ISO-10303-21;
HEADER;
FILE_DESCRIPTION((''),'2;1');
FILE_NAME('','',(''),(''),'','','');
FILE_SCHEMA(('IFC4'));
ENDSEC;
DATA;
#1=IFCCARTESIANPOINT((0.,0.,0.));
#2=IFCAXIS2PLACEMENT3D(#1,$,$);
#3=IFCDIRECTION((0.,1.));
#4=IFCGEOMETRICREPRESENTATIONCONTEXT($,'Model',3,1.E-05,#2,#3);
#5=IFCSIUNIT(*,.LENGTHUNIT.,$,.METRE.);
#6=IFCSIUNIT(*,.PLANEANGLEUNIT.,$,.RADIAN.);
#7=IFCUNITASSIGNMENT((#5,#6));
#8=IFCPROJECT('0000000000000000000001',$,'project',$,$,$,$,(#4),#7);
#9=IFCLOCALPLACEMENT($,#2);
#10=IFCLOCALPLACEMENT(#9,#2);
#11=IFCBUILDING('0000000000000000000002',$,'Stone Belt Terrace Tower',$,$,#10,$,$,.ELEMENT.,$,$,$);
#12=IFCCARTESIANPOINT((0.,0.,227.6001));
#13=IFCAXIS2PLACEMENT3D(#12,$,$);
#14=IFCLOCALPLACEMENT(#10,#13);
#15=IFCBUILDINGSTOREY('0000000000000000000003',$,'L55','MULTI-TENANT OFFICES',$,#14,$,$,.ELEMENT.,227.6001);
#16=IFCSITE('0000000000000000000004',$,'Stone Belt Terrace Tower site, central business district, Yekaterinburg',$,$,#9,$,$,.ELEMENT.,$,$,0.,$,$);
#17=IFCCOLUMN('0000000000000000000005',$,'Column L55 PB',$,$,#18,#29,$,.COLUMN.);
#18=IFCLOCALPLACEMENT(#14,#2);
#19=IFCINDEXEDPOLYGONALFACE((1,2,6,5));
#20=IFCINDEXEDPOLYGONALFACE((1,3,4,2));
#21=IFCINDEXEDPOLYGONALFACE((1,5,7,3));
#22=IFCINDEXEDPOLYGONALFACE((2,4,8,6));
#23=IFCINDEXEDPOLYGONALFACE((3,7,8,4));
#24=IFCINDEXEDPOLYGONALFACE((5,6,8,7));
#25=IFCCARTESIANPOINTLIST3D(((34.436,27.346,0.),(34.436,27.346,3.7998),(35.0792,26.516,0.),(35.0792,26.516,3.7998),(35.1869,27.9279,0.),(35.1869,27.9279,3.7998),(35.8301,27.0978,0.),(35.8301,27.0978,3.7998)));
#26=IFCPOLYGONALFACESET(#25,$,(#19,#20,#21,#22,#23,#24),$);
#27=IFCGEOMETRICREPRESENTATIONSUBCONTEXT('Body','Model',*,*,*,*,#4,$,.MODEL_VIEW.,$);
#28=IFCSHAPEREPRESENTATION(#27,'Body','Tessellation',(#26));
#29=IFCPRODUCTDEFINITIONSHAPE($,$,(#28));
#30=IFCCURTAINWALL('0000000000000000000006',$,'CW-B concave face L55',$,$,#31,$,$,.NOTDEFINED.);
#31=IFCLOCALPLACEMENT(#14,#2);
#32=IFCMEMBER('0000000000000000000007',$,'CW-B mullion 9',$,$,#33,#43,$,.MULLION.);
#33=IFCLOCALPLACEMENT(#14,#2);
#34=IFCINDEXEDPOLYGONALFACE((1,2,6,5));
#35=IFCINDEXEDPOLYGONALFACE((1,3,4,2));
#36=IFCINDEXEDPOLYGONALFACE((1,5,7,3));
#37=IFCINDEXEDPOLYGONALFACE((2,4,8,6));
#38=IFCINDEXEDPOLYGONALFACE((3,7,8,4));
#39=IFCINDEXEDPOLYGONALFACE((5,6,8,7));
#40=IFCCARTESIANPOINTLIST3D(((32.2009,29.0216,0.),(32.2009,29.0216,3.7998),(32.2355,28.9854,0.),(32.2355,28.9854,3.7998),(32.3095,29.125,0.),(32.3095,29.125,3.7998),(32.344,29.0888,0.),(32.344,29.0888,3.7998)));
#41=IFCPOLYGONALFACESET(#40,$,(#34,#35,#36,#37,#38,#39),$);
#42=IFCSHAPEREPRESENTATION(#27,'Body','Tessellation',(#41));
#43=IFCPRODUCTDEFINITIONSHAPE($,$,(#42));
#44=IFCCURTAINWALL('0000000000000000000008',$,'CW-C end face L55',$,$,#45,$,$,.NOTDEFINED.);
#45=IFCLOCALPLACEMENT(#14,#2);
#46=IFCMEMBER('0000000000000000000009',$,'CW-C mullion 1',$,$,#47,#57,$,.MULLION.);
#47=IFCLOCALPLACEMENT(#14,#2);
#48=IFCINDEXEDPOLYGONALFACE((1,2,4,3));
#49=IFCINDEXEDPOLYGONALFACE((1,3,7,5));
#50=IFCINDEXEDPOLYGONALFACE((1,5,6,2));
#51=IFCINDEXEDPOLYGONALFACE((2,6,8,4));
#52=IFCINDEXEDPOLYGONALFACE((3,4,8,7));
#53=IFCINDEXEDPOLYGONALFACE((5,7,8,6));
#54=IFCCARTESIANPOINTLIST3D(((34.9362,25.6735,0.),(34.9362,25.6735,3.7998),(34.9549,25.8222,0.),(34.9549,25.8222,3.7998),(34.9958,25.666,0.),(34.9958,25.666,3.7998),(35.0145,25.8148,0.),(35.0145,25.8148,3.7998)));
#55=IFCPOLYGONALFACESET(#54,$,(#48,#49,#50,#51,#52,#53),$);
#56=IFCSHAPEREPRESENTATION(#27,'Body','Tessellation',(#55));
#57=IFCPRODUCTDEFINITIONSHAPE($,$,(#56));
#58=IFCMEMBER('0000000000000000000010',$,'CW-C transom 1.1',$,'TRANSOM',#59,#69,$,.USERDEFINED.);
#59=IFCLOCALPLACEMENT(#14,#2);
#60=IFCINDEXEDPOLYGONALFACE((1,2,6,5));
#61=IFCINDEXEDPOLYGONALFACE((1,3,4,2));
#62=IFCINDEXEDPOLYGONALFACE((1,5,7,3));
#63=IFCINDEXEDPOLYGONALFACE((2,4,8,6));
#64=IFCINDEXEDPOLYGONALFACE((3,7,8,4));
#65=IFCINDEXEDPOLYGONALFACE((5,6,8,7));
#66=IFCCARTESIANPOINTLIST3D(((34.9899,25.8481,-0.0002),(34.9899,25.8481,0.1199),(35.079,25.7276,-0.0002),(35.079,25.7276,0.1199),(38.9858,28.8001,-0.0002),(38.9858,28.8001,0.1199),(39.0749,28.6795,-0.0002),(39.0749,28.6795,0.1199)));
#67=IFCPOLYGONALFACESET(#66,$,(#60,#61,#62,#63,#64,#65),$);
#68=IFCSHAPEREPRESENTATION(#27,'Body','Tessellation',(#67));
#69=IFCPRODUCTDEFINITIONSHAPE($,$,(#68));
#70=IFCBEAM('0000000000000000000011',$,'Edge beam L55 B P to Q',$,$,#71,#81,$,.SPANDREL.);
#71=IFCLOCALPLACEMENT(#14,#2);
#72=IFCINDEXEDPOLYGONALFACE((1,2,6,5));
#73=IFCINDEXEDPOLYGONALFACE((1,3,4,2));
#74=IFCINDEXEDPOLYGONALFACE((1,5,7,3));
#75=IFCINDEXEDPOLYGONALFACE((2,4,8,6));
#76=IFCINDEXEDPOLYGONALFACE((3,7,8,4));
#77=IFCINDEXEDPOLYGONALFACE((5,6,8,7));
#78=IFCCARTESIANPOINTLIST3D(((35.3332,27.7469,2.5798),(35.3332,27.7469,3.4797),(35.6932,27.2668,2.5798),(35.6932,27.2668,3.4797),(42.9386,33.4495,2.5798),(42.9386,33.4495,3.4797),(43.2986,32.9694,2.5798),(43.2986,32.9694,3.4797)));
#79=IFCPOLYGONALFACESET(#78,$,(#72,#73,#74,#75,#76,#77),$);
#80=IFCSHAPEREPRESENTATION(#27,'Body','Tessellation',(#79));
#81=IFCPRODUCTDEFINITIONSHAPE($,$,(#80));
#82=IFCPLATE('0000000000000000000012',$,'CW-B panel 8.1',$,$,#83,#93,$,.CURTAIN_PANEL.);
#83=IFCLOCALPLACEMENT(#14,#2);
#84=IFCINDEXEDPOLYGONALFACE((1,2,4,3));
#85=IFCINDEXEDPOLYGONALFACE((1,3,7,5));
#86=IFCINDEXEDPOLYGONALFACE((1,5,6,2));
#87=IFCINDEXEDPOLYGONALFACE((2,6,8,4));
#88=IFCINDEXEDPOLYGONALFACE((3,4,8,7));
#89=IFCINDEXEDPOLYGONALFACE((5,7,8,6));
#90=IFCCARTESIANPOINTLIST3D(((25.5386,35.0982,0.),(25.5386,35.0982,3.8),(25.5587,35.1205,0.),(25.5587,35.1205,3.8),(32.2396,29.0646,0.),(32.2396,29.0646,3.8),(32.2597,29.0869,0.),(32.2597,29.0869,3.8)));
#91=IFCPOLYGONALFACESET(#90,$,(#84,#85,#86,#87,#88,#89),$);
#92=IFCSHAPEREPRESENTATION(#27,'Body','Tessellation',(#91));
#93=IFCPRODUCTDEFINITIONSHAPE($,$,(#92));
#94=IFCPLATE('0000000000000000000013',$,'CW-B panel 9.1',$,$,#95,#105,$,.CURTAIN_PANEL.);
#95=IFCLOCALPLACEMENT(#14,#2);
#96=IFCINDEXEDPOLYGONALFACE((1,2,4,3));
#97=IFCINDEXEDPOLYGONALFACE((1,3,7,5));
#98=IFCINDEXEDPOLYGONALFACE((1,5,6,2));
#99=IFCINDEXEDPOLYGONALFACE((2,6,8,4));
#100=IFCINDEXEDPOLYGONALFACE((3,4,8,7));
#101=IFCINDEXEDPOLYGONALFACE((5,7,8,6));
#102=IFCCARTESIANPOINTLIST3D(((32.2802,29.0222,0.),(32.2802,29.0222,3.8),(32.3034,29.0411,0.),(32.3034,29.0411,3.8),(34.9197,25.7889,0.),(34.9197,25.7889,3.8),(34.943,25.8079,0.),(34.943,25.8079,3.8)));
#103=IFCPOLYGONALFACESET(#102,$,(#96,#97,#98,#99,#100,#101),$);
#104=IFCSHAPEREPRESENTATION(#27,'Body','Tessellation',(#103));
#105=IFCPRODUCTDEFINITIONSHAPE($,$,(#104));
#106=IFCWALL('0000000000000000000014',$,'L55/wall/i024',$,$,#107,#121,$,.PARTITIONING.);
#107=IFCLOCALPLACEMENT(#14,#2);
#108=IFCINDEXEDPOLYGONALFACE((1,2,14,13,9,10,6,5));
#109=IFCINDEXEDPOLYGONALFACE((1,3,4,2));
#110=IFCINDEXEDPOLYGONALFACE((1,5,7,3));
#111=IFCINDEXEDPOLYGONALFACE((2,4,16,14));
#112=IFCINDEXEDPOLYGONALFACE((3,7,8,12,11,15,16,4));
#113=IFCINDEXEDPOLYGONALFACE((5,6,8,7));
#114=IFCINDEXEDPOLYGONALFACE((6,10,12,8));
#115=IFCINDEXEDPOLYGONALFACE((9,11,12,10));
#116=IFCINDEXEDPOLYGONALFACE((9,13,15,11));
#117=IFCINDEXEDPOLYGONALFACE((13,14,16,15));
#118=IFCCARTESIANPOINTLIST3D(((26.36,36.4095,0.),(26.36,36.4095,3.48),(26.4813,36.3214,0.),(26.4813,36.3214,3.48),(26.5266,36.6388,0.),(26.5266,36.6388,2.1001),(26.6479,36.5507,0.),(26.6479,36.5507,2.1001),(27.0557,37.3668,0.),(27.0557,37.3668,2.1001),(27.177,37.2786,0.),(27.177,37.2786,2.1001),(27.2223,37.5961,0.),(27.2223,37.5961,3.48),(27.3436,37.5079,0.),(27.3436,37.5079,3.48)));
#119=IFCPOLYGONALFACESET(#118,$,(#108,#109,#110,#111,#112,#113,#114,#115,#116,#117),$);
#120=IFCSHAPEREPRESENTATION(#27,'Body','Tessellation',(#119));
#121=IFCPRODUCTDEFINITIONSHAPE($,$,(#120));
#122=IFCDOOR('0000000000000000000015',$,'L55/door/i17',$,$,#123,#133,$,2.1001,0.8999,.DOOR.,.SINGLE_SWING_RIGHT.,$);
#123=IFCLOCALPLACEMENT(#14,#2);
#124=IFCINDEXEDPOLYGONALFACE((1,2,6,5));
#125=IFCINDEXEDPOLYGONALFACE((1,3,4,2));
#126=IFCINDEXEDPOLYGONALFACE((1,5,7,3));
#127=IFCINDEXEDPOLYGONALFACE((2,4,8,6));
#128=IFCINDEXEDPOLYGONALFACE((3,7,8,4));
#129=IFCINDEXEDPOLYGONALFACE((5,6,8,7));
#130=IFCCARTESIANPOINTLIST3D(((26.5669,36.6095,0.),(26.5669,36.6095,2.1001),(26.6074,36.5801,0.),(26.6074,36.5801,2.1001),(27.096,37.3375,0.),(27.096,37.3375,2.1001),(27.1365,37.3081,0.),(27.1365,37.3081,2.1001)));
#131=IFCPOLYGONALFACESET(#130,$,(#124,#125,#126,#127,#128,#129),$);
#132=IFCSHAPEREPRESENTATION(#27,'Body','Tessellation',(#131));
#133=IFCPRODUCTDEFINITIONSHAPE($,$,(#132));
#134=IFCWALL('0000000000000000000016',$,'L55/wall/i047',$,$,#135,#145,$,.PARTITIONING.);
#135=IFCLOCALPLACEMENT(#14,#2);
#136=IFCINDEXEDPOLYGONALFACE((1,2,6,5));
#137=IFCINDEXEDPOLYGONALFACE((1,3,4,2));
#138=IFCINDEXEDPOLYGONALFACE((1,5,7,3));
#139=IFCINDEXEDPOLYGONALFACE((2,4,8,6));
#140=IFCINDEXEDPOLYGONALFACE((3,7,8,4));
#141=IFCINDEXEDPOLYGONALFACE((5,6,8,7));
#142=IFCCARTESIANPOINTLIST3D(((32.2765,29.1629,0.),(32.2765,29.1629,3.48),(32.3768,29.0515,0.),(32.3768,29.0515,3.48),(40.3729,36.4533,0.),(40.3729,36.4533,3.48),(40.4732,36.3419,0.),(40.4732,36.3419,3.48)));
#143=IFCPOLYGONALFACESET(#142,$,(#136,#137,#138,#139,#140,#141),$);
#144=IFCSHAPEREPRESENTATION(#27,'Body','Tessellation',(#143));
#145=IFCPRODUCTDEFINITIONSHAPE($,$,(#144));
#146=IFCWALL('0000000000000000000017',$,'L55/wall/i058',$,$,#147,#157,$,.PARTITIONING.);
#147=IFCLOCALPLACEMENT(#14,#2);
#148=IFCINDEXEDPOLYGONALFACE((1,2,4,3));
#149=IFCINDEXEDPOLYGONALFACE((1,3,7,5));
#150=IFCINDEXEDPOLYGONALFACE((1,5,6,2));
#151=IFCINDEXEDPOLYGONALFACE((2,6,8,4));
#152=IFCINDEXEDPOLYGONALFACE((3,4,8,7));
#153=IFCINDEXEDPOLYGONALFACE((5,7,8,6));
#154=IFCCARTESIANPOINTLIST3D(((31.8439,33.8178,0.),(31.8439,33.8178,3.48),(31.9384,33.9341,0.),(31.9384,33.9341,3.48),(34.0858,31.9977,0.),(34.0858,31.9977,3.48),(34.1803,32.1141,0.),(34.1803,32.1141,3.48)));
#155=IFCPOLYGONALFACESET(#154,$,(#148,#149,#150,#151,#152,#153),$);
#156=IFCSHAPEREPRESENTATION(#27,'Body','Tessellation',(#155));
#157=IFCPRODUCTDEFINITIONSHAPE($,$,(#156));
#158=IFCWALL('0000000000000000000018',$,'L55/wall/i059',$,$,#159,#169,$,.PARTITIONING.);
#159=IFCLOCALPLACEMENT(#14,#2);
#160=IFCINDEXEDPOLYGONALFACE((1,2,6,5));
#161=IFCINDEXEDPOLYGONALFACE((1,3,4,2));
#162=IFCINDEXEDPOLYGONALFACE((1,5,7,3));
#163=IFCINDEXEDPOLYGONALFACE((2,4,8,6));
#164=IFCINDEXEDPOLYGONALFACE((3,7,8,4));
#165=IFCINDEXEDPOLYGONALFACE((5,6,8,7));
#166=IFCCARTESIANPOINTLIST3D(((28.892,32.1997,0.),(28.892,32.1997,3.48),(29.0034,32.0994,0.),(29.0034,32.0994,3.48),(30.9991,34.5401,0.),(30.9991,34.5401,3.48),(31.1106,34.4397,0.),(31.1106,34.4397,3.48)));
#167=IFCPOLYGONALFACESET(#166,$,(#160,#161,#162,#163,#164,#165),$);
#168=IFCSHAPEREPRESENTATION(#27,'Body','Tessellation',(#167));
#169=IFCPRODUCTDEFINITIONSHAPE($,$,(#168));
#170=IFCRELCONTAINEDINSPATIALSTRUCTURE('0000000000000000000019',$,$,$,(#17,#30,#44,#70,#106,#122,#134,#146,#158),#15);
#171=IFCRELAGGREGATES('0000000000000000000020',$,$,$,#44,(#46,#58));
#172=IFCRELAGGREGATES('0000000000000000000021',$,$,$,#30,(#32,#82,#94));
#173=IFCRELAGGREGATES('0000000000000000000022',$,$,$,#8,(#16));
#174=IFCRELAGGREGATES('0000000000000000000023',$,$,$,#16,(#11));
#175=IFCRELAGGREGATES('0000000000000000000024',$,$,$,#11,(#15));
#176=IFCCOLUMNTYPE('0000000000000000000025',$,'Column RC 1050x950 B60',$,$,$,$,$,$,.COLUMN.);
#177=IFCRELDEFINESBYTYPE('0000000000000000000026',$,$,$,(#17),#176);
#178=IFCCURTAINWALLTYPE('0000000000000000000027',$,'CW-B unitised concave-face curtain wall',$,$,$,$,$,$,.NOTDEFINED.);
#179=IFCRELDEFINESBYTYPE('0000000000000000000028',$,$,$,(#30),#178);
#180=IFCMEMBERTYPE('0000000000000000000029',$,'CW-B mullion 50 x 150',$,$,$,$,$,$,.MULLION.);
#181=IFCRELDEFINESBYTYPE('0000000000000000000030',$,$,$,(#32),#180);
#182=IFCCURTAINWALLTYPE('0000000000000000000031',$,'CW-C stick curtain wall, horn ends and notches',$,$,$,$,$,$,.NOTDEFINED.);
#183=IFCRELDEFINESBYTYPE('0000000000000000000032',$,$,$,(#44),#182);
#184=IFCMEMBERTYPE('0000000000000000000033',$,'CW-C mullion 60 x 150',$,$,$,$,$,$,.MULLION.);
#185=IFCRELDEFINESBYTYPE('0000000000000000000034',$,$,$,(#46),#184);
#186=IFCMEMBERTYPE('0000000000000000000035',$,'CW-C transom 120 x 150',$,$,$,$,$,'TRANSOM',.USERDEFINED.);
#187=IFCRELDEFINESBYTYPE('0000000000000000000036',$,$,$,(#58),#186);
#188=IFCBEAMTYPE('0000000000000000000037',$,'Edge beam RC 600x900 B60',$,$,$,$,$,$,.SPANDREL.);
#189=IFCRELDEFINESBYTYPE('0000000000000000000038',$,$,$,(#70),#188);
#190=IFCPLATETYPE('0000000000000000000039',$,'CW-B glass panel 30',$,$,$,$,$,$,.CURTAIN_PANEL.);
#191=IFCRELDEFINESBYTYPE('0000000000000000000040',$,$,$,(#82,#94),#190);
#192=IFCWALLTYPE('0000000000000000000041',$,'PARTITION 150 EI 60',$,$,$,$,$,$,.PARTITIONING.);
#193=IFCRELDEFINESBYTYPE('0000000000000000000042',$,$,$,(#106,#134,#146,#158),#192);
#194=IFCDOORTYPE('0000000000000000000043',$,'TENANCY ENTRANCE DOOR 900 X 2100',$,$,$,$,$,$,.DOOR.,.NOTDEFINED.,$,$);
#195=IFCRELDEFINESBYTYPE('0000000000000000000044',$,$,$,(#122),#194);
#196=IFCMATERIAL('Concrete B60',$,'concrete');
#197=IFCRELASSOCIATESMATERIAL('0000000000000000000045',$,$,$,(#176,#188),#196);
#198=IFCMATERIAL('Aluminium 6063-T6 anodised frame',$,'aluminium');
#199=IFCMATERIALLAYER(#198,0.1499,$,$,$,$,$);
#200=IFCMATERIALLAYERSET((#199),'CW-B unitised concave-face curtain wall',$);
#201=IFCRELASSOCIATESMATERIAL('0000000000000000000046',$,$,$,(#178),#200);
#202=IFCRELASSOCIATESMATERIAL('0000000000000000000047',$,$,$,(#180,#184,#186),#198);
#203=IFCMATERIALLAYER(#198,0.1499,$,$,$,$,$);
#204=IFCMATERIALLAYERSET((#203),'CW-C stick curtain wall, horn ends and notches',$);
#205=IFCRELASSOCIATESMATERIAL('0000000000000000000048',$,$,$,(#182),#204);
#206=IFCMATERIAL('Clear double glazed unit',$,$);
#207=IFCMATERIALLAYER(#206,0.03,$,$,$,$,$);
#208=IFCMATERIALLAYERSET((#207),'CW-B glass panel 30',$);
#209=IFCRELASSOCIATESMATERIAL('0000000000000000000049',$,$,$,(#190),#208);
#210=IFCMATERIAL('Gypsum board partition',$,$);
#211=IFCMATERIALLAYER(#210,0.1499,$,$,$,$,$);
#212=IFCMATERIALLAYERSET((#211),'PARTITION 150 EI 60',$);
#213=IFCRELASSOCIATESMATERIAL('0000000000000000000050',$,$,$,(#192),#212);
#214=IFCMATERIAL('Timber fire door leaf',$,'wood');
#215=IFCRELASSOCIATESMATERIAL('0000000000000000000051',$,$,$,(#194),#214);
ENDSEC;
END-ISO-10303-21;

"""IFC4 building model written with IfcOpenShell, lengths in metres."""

from ifc_helpers import new_model, si_unit, direction, frame, frame_2d, origin, origin_2d, place, context, subcontext, project, spatial, rectangle, extrude, material, layer, layer_set, material_profile, profile_set, type_object, element, fill, aggregate, save


model = new_model("IFC4")

# Units and contexts
model_context = context("Model", 3, precision=1e-05, world=origin(), true_north=direction((0.0, 1.0)))
body_context = subcontext(model_context, "Body", "Model", "MODEL_VIEW")
ifc_project = project(units=[si_unit("LENGTHUNIT", "METRE"), si_unit("PLANEANGLEUNIT", "RADIAN")], contexts=[model_context])

# Site, building, storey
site_placement = place(None, origin())
site = spatial("IfcSite", under=ifc_project, at=site_placement, Name="Stone Belt Terrace Tower site, central business district, Yekaterinburg", CompositionType="ELEMENT", RefElevation=0.0)
building_placement = place(site_placement, origin())
building = spatial("IfcBuilding", under=site, at=building_placement, Name="Stone Belt Terrace Tower", CompositionType="ELEMENT")
storey_placement = place(building_placement, frame((0.0, 0.0, 227.6001)))
storey = spatial("IfcBuildingStorey", under=building, at=storey_placement, Name="L55", Description="MULTI-TENANT OFFICES", CompositionType="ELEMENT", Elevation=227.6001)

# Column
ifc_material_1 = material(Name="Concrete B60", Category="concrete")
ifc_material_profile_1 = material_profile(ifc_material_1, rectangle(XDim=1.05, YDim=0.95, at=origin_2d()), Name="RC 1050x950")
ifc_profile_set_1 = profile_set([ifc_material_profile_1], Name="Concrete B60")
column_type = type_object("IfcColumnType", Name="Column RC 1050x950 B60", PredefinedType="COLUMN", material=ifc_profile_set_1)
column_placement = place(storey_placement, frame((35.1331, 27.2219, 0.0), z_axis=(0.0, 0.0, 1.0), x_axis=(0.612485, -0.790482, 0.0)))
element("IfcColumn", 1, at=column_placement, inside=storey, type_object=column_type, Name="Column L55 PB", PredefinedType="COLUMN", context=body_context, shape_type="SweptSolid", body=[
    extrude(rectangle(XDim=1.05, YDim=0.95, at=origin_2d()), origin(), (0.0, 0.0, 1.0), 3.7998),
])

# Curtain wall, member
ifc_material_2 = material(Name="Aluminium 6063-T6 anodised frame", Category="aluminium")
ifc_layer_1 = layer(ifc_material_2, 0.1499)
ifc_layer_set_1 = layer_set([ifc_layer_1], Name="CW-B unitised concave-face curtain wall")
curtain_wall_type_1 = type_object("IfcCurtainWallType", Name="CW-B unitised concave-face curtain wall", PredefinedType="NOTDEFINED", material=ifc_layer_set_1)
curtain_wall_1_placement = place(storey_placement, origin())
curtain_wall_1 = element("IfcCurtainWall", 2, at=curtain_wall_1_placement, inside=storey, type_object=curtain_wall_type_1, Name="CW-B concave face L55", PredefinedType="NOTDEFINED")
ifc_material_profile_2 = material_profile(ifc_material_2, rectangle(XDim=0.1499, YDim=0.05, at=origin_2d()), Name="Aluminium 6063-T6 50x150")
ifc_profile_set_2 = profile_set([ifc_material_profile_2], Name="Aluminium 6063-T6 anodised frame")
member_type_1 = type_object("IfcMemberType", Name="CW-B mullion 50 x 150", PredefinedType="MULLION", material=ifc_profile_set_2)
member_1_placement = place(storey_placement, frame((32.2725, 29.0552, 0.0), z_axis=(0.0, 0.0, 1.0), x_axis=(0.724008, 0.689792, 0.0)))
member_1 = element("IfcMember", 3, at=member_1_placement, type_object=member_type_1, Name="CW-B mullion 9", PredefinedType="MULLION", context=body_context, shape_type="SweptSolid", body=[
    extrude(rectangle(XDim=0.1499, YDim=0.05, at=origin_2d()), origin(), (0.0, 0.0, 1.0), 3.7998),
])

# Curtain wall, members
ifc_layer_2 = layer(ifc_material_2, 0.1499)
ifc_layer_set_2 = layer_set([ifc_layer_2], Name="CW-C stick curtain wall, horn ends and notches")
curtain_wall_type_2 = type_object("IfcCurtainWallType", Name="CW-C stick curtain wall, horn ends and notches", PredefinedType="NOTDEFINED", material=ifc_layer_set_2)
curtain_wall_2_placement = place(storey_placement, origin())
curtain_wall_2 = element("IfcCurtainWall", 4, at=curtain_wall_2_placement, inside=storey, type_object=curtain_wall_type_2, Name="CW-C end face L55", PredefinedType="NOTDEFINED")
ifc_material_profile_3 = material_profile(ifc_material_2, rectangle(XDim=0.1499, YDim=0.0601, at=origin_2d()), Name="Aluminium 6063-T6 60x150")
ifc_profile_set_3 = profile_set([ifc_material_profile_3], Name="Aluminium 6063-T6 anodised frame")
member_type_2 = type_object("IfcMemberType", Name="CW-C mullion 60 x 150", PredefinedType="MULLION", material=ifc_profile_set_3)
member_2_placement = place(storey_placement, frame((34.9753, 25.7441, 0.0), z_axis=(0.0, 0.0, 1.0), x_axis=(0.124626, 0.992204, 0.0)))
member_2 = element("IfcMember", 5, at=member_2_placement, type_object=member_type_2, Name="CW-C mullion 1", PredefinedType="MULLION", context=body_context, shape_type="SweptSolid", body=[
    extrude(rectangle(XDim=0.1499, YDim=0.0601, at=origin_2d()), origin(), (0.0, 0.0, 1.0), 3.7998),
])
ifc_material_profile_4 = material_profile(ifc_material_2, rectangle(XDim=0.1499, YDim=0.1201, at=origin_2d()), Name="Aluminium 6063-T6 150x120")
ifc_profile_set_4 = profile_set([ifc_material_profile_4], Name="Aluminium 6063-T6 anodised frame")
member_type_3 = type_object("IfcMemberType", Name="CW-C transom 120 x 150", ElementType="TRANSOM", PredefinedType="USERDEFINED", material=ifc_profile_set_4)
member_3_placement = place(storey_placement, frame((35.0344, 25.7878, 0.0598), z_axis=(0.804325, 0.594189, 0.0), x_axis=(-0.594189, 0.804325, 0.0)))
member_3 = element("IfcMember", 6, at=member_3_placement, type_object=member_type_3, Name="CW-C transom 1.1", ObjectType="TRANSOM", PredefinedType="USERDEFINED", context=body_context, shape_type="SweptSolid", body=[
    extrude(rectangle(XDim=0.1499, YDim=0.1201, at=origin_2d()), origin(), (0.0, 0.0, 1.0), 4.968),
])
aggregate(curtain_wall_2, [member_2, member_3])

# Beam
ifc_material_profile_5 = material_profile(ifc_material_1, rectangle(XDim=0.6001, YDim=0.8999, at=origin_2d()), Name="RC 600x900")
ifc_profile_set_5 = profile_set([ifc_material_profile_5], Name="Concrete B60")
beam_type = type_object("IfcBeamType", Name="Edge beam RC 600x900 B60", PredefinedType="SPANDREL", material=ifc_profile_set_5)
beam_placement = place(storey_placement, frame((35.5132, 27.5068, 3.0298), z_axis=(0.800074, 0.599901, 0.0), x_axis=(-0.599901, 0.800074, 0.0)))
element("IfcBeam", 7, at=beam_placement, inside=storey, type_object=beam_type, Name="Edge beam L55 B P to Q", PredefinedType="SPANDREL", context=body_context, shape_type="SweptSolid", body=[
    extrude(rectangle(XDim=0.6001, YDim=0.8999, at=origin_2d()), origin(), (0.0, 0.0, 1.0), 9.5059),
])

# Plates
ifc_material_3 = material(Name="Clear double glazed unit")
ifc_layer_3 = layer(ifc_material_3, 0.03)
ifc_layer_set_3 = layer_set([ifc_layer_3], Name="CW-B glass panel 30")
plate_type = type_object("IfcPlateType", Name="CW-B glass panel 30", PredefinedType="CURTAIN_PANEL", material=ifc_layer_set_3)
plate_1_placement = place(storey_placement, frame((28.8992, 32.0925, 0.0), z_axis=(0.0, 0.0, 1.0), x_axis=(0.743145, -0.669131, 0.0)))
plate_1 = element("IfcPlate", 8, at=plate_1_placement, type_object=plate_type, Name="CW-B panel 8.1", PredefinedType="CURTAIN_PANEL", context=body_context, shape_type="SweptSolid", body=[
    extrude(rectangle(XDim=9.0171, YDim=0.03, at=origin_2d()), origin(), (0.0, 0.0, 1.0), 3.8),
])
plate_2_placement = place(storey_placement, frame((33.6116, 27.415, 0.0), z_axis=(0.0, 0.0, 1.0), x_axis=(0.632398, -0.774644, 0.0)))
plate_2 = element("IfcPlate", 9, at=plate_2_placement, type_object=plate_type, Name="CW-B panel 9.1", PredefinedType="CURTAIN_PANEL", context=body_context, shape_type="SweptSolid", body=[
    extrude(rectangle(XDim=4.1738, YDim=0.03, at=origin_2d()), origin(), (0.0, 0.0, 1.0), 3.8),
])
aggregate(curtain_wall_1, [member_1, plate_1, plate_2])

# Wall, opening, door
ifc_material_4 = material(Name="Gypsum board partition")
ifc_layer_4 = layer(ifc_material_4, 0.1499)
ifc_layer_set_4 = layer_set([ifc_layer_4], Name="PARTITION 150 EI 60")
wall_type_1 = type_object("IfcWallType", Name="PARTITION 150 EI 60", PredefinedType="PARTITIONING", material=ifc_layer_set_4)
wall_1_placement = place(storey_placement, frame((27.283, 37.552, 0.0), z_axis=(0.0, 0.0, 1.0), x_axis=(-0.587895, -0.808938, 0.0)))
wall_1 = element("IfcWall", 10, at=wall_1_placement, inside=storey, type_object=wall_type_1, Name="L55/wall/i024", PredefinedType="PARTITIONING", context=body_context, shape_type="SweptSolid", body=[
    extrude(rectangle(XDim=1.4668, YDim=0.1499, at=frame_2d((0.7334, 0.0))), origin(), (0.0, 0.0, 1.0), 3.48),
])
opening_1_placement = place(wall_1_placement, frame((0.2834, 0.0, 0.0)))
opening_1 = element("IfcOpeningElement", 11, at=opening_1_placement, cuts=wall_1, PredefinedType="OPENING", context=body_context, shape_type="SweptSolid", body=[
    extrude(rectangle(XDim=0.8999, YDim=2.1001, at=frame_2d((0.45, 1.05))), frame((0.0, 0.085, 0.0), z_axis=(0.0, -1.0, 0.0), x_axis=(1.0, 0.0, 0.0)), (0.0, 0.0, 1.0), 0.1699),
])
ifc_material_5 = material(Name="Timber fire door leaf", Category="wood")
door_type_1 = type_object("IfcDoorType", Name="TENANCY ENTRANCE DOOR 900 X 2100", OperationType="NOTDEFINED", PredefinedType="DOOR", material=ifc_material_5)
door_1_placement = place(opening_1_placement, origin())
door_1 = element("IfcDoor", 12, at=door_1_placement, inside=storey, type_object=door_type_1, Name="L55/door/i17", OperationType="SINGLE_SWING_RIGHT", OverallHeight=2.1001, OverallWidth=0.8999, PredefinedType="DOOR", context=body_context, shape_type="SweptSolid", body=[
    extrude(rectangle(XDim=0.8999, YDim=2.1001, at=frame_2d((0.45, 1.05))), frame((0.0, 0.0249, 0.0), z_axis=(0.0, -1.0, 0.0), x_axis=(1.0, 0.0, 0.0)), (0.0, 0.0, 1.0), 0.05),
])
fill(opening_1, door_1)

# Walls
wall_2_placement = place(storey_placement, frame((32.3267, 29.1072, 0.0), z_axis=(0.0, 0.0, 1.0), x_axis=(0.743124, 0.669154, 0.0)))
element("IfcWall", 13, at=wall_2_placement, inside=storey, type_object=wall_type_1, Name="L55/wall/i047", PredefinedType="PARTITIONING", context=body_context, shape_type="SweptSolid", body=[
    extrude(rectangle(XDim=10.895, YDim=0.1499, at=frame_2d((5.4475, 0.0))), origin(), (0.0, 0.0, 1.0), 3.48),
])
wall_3_placement = place(storey_placement, frame((34.1331, 32.0559, 0.0), z_axis=(0.0, 0.0, 1.0), x_axis=(-0.77637, 0.630277, 0.0)))
element("IfcWall", 14, at=wall_3_placement, inside=storey, type_object=wall_type_1, Name="L55/wall/i058", PredefinedType="PARTITIONING", context=body_context, shape_type="SweptSolid", body=[
    extrude(rectangle(XDim=2.8877, YDim=0.1499, at=frame_2d((1.4438, 0.0))), origin(), (0.0, 0.0, 1.0), 3.48),
])
wall_4_placement = place(storey_placement, frame((31.0549, 34.49, 0.0), z_axis=(0.0, 0.0, 1.0), x_axis=(-0.669119, -0.743155, 0.0)))
element("IfcWall", 15, at=wall_4_placement, inside=storey, type_object=wall_type_1, Name="L55/wall/i059", PredefinedType="PARTITIONING", context=body_context, shape_type="SweptSolid", body=[
    extrude(rectangle(XDim=3.1492, YDim=0.1499, at=frame_2d((1.5747, 0.0))), origin(), (0.0, 0.0, 1.0), 3.48),
])

save(model, "model.ifc")
